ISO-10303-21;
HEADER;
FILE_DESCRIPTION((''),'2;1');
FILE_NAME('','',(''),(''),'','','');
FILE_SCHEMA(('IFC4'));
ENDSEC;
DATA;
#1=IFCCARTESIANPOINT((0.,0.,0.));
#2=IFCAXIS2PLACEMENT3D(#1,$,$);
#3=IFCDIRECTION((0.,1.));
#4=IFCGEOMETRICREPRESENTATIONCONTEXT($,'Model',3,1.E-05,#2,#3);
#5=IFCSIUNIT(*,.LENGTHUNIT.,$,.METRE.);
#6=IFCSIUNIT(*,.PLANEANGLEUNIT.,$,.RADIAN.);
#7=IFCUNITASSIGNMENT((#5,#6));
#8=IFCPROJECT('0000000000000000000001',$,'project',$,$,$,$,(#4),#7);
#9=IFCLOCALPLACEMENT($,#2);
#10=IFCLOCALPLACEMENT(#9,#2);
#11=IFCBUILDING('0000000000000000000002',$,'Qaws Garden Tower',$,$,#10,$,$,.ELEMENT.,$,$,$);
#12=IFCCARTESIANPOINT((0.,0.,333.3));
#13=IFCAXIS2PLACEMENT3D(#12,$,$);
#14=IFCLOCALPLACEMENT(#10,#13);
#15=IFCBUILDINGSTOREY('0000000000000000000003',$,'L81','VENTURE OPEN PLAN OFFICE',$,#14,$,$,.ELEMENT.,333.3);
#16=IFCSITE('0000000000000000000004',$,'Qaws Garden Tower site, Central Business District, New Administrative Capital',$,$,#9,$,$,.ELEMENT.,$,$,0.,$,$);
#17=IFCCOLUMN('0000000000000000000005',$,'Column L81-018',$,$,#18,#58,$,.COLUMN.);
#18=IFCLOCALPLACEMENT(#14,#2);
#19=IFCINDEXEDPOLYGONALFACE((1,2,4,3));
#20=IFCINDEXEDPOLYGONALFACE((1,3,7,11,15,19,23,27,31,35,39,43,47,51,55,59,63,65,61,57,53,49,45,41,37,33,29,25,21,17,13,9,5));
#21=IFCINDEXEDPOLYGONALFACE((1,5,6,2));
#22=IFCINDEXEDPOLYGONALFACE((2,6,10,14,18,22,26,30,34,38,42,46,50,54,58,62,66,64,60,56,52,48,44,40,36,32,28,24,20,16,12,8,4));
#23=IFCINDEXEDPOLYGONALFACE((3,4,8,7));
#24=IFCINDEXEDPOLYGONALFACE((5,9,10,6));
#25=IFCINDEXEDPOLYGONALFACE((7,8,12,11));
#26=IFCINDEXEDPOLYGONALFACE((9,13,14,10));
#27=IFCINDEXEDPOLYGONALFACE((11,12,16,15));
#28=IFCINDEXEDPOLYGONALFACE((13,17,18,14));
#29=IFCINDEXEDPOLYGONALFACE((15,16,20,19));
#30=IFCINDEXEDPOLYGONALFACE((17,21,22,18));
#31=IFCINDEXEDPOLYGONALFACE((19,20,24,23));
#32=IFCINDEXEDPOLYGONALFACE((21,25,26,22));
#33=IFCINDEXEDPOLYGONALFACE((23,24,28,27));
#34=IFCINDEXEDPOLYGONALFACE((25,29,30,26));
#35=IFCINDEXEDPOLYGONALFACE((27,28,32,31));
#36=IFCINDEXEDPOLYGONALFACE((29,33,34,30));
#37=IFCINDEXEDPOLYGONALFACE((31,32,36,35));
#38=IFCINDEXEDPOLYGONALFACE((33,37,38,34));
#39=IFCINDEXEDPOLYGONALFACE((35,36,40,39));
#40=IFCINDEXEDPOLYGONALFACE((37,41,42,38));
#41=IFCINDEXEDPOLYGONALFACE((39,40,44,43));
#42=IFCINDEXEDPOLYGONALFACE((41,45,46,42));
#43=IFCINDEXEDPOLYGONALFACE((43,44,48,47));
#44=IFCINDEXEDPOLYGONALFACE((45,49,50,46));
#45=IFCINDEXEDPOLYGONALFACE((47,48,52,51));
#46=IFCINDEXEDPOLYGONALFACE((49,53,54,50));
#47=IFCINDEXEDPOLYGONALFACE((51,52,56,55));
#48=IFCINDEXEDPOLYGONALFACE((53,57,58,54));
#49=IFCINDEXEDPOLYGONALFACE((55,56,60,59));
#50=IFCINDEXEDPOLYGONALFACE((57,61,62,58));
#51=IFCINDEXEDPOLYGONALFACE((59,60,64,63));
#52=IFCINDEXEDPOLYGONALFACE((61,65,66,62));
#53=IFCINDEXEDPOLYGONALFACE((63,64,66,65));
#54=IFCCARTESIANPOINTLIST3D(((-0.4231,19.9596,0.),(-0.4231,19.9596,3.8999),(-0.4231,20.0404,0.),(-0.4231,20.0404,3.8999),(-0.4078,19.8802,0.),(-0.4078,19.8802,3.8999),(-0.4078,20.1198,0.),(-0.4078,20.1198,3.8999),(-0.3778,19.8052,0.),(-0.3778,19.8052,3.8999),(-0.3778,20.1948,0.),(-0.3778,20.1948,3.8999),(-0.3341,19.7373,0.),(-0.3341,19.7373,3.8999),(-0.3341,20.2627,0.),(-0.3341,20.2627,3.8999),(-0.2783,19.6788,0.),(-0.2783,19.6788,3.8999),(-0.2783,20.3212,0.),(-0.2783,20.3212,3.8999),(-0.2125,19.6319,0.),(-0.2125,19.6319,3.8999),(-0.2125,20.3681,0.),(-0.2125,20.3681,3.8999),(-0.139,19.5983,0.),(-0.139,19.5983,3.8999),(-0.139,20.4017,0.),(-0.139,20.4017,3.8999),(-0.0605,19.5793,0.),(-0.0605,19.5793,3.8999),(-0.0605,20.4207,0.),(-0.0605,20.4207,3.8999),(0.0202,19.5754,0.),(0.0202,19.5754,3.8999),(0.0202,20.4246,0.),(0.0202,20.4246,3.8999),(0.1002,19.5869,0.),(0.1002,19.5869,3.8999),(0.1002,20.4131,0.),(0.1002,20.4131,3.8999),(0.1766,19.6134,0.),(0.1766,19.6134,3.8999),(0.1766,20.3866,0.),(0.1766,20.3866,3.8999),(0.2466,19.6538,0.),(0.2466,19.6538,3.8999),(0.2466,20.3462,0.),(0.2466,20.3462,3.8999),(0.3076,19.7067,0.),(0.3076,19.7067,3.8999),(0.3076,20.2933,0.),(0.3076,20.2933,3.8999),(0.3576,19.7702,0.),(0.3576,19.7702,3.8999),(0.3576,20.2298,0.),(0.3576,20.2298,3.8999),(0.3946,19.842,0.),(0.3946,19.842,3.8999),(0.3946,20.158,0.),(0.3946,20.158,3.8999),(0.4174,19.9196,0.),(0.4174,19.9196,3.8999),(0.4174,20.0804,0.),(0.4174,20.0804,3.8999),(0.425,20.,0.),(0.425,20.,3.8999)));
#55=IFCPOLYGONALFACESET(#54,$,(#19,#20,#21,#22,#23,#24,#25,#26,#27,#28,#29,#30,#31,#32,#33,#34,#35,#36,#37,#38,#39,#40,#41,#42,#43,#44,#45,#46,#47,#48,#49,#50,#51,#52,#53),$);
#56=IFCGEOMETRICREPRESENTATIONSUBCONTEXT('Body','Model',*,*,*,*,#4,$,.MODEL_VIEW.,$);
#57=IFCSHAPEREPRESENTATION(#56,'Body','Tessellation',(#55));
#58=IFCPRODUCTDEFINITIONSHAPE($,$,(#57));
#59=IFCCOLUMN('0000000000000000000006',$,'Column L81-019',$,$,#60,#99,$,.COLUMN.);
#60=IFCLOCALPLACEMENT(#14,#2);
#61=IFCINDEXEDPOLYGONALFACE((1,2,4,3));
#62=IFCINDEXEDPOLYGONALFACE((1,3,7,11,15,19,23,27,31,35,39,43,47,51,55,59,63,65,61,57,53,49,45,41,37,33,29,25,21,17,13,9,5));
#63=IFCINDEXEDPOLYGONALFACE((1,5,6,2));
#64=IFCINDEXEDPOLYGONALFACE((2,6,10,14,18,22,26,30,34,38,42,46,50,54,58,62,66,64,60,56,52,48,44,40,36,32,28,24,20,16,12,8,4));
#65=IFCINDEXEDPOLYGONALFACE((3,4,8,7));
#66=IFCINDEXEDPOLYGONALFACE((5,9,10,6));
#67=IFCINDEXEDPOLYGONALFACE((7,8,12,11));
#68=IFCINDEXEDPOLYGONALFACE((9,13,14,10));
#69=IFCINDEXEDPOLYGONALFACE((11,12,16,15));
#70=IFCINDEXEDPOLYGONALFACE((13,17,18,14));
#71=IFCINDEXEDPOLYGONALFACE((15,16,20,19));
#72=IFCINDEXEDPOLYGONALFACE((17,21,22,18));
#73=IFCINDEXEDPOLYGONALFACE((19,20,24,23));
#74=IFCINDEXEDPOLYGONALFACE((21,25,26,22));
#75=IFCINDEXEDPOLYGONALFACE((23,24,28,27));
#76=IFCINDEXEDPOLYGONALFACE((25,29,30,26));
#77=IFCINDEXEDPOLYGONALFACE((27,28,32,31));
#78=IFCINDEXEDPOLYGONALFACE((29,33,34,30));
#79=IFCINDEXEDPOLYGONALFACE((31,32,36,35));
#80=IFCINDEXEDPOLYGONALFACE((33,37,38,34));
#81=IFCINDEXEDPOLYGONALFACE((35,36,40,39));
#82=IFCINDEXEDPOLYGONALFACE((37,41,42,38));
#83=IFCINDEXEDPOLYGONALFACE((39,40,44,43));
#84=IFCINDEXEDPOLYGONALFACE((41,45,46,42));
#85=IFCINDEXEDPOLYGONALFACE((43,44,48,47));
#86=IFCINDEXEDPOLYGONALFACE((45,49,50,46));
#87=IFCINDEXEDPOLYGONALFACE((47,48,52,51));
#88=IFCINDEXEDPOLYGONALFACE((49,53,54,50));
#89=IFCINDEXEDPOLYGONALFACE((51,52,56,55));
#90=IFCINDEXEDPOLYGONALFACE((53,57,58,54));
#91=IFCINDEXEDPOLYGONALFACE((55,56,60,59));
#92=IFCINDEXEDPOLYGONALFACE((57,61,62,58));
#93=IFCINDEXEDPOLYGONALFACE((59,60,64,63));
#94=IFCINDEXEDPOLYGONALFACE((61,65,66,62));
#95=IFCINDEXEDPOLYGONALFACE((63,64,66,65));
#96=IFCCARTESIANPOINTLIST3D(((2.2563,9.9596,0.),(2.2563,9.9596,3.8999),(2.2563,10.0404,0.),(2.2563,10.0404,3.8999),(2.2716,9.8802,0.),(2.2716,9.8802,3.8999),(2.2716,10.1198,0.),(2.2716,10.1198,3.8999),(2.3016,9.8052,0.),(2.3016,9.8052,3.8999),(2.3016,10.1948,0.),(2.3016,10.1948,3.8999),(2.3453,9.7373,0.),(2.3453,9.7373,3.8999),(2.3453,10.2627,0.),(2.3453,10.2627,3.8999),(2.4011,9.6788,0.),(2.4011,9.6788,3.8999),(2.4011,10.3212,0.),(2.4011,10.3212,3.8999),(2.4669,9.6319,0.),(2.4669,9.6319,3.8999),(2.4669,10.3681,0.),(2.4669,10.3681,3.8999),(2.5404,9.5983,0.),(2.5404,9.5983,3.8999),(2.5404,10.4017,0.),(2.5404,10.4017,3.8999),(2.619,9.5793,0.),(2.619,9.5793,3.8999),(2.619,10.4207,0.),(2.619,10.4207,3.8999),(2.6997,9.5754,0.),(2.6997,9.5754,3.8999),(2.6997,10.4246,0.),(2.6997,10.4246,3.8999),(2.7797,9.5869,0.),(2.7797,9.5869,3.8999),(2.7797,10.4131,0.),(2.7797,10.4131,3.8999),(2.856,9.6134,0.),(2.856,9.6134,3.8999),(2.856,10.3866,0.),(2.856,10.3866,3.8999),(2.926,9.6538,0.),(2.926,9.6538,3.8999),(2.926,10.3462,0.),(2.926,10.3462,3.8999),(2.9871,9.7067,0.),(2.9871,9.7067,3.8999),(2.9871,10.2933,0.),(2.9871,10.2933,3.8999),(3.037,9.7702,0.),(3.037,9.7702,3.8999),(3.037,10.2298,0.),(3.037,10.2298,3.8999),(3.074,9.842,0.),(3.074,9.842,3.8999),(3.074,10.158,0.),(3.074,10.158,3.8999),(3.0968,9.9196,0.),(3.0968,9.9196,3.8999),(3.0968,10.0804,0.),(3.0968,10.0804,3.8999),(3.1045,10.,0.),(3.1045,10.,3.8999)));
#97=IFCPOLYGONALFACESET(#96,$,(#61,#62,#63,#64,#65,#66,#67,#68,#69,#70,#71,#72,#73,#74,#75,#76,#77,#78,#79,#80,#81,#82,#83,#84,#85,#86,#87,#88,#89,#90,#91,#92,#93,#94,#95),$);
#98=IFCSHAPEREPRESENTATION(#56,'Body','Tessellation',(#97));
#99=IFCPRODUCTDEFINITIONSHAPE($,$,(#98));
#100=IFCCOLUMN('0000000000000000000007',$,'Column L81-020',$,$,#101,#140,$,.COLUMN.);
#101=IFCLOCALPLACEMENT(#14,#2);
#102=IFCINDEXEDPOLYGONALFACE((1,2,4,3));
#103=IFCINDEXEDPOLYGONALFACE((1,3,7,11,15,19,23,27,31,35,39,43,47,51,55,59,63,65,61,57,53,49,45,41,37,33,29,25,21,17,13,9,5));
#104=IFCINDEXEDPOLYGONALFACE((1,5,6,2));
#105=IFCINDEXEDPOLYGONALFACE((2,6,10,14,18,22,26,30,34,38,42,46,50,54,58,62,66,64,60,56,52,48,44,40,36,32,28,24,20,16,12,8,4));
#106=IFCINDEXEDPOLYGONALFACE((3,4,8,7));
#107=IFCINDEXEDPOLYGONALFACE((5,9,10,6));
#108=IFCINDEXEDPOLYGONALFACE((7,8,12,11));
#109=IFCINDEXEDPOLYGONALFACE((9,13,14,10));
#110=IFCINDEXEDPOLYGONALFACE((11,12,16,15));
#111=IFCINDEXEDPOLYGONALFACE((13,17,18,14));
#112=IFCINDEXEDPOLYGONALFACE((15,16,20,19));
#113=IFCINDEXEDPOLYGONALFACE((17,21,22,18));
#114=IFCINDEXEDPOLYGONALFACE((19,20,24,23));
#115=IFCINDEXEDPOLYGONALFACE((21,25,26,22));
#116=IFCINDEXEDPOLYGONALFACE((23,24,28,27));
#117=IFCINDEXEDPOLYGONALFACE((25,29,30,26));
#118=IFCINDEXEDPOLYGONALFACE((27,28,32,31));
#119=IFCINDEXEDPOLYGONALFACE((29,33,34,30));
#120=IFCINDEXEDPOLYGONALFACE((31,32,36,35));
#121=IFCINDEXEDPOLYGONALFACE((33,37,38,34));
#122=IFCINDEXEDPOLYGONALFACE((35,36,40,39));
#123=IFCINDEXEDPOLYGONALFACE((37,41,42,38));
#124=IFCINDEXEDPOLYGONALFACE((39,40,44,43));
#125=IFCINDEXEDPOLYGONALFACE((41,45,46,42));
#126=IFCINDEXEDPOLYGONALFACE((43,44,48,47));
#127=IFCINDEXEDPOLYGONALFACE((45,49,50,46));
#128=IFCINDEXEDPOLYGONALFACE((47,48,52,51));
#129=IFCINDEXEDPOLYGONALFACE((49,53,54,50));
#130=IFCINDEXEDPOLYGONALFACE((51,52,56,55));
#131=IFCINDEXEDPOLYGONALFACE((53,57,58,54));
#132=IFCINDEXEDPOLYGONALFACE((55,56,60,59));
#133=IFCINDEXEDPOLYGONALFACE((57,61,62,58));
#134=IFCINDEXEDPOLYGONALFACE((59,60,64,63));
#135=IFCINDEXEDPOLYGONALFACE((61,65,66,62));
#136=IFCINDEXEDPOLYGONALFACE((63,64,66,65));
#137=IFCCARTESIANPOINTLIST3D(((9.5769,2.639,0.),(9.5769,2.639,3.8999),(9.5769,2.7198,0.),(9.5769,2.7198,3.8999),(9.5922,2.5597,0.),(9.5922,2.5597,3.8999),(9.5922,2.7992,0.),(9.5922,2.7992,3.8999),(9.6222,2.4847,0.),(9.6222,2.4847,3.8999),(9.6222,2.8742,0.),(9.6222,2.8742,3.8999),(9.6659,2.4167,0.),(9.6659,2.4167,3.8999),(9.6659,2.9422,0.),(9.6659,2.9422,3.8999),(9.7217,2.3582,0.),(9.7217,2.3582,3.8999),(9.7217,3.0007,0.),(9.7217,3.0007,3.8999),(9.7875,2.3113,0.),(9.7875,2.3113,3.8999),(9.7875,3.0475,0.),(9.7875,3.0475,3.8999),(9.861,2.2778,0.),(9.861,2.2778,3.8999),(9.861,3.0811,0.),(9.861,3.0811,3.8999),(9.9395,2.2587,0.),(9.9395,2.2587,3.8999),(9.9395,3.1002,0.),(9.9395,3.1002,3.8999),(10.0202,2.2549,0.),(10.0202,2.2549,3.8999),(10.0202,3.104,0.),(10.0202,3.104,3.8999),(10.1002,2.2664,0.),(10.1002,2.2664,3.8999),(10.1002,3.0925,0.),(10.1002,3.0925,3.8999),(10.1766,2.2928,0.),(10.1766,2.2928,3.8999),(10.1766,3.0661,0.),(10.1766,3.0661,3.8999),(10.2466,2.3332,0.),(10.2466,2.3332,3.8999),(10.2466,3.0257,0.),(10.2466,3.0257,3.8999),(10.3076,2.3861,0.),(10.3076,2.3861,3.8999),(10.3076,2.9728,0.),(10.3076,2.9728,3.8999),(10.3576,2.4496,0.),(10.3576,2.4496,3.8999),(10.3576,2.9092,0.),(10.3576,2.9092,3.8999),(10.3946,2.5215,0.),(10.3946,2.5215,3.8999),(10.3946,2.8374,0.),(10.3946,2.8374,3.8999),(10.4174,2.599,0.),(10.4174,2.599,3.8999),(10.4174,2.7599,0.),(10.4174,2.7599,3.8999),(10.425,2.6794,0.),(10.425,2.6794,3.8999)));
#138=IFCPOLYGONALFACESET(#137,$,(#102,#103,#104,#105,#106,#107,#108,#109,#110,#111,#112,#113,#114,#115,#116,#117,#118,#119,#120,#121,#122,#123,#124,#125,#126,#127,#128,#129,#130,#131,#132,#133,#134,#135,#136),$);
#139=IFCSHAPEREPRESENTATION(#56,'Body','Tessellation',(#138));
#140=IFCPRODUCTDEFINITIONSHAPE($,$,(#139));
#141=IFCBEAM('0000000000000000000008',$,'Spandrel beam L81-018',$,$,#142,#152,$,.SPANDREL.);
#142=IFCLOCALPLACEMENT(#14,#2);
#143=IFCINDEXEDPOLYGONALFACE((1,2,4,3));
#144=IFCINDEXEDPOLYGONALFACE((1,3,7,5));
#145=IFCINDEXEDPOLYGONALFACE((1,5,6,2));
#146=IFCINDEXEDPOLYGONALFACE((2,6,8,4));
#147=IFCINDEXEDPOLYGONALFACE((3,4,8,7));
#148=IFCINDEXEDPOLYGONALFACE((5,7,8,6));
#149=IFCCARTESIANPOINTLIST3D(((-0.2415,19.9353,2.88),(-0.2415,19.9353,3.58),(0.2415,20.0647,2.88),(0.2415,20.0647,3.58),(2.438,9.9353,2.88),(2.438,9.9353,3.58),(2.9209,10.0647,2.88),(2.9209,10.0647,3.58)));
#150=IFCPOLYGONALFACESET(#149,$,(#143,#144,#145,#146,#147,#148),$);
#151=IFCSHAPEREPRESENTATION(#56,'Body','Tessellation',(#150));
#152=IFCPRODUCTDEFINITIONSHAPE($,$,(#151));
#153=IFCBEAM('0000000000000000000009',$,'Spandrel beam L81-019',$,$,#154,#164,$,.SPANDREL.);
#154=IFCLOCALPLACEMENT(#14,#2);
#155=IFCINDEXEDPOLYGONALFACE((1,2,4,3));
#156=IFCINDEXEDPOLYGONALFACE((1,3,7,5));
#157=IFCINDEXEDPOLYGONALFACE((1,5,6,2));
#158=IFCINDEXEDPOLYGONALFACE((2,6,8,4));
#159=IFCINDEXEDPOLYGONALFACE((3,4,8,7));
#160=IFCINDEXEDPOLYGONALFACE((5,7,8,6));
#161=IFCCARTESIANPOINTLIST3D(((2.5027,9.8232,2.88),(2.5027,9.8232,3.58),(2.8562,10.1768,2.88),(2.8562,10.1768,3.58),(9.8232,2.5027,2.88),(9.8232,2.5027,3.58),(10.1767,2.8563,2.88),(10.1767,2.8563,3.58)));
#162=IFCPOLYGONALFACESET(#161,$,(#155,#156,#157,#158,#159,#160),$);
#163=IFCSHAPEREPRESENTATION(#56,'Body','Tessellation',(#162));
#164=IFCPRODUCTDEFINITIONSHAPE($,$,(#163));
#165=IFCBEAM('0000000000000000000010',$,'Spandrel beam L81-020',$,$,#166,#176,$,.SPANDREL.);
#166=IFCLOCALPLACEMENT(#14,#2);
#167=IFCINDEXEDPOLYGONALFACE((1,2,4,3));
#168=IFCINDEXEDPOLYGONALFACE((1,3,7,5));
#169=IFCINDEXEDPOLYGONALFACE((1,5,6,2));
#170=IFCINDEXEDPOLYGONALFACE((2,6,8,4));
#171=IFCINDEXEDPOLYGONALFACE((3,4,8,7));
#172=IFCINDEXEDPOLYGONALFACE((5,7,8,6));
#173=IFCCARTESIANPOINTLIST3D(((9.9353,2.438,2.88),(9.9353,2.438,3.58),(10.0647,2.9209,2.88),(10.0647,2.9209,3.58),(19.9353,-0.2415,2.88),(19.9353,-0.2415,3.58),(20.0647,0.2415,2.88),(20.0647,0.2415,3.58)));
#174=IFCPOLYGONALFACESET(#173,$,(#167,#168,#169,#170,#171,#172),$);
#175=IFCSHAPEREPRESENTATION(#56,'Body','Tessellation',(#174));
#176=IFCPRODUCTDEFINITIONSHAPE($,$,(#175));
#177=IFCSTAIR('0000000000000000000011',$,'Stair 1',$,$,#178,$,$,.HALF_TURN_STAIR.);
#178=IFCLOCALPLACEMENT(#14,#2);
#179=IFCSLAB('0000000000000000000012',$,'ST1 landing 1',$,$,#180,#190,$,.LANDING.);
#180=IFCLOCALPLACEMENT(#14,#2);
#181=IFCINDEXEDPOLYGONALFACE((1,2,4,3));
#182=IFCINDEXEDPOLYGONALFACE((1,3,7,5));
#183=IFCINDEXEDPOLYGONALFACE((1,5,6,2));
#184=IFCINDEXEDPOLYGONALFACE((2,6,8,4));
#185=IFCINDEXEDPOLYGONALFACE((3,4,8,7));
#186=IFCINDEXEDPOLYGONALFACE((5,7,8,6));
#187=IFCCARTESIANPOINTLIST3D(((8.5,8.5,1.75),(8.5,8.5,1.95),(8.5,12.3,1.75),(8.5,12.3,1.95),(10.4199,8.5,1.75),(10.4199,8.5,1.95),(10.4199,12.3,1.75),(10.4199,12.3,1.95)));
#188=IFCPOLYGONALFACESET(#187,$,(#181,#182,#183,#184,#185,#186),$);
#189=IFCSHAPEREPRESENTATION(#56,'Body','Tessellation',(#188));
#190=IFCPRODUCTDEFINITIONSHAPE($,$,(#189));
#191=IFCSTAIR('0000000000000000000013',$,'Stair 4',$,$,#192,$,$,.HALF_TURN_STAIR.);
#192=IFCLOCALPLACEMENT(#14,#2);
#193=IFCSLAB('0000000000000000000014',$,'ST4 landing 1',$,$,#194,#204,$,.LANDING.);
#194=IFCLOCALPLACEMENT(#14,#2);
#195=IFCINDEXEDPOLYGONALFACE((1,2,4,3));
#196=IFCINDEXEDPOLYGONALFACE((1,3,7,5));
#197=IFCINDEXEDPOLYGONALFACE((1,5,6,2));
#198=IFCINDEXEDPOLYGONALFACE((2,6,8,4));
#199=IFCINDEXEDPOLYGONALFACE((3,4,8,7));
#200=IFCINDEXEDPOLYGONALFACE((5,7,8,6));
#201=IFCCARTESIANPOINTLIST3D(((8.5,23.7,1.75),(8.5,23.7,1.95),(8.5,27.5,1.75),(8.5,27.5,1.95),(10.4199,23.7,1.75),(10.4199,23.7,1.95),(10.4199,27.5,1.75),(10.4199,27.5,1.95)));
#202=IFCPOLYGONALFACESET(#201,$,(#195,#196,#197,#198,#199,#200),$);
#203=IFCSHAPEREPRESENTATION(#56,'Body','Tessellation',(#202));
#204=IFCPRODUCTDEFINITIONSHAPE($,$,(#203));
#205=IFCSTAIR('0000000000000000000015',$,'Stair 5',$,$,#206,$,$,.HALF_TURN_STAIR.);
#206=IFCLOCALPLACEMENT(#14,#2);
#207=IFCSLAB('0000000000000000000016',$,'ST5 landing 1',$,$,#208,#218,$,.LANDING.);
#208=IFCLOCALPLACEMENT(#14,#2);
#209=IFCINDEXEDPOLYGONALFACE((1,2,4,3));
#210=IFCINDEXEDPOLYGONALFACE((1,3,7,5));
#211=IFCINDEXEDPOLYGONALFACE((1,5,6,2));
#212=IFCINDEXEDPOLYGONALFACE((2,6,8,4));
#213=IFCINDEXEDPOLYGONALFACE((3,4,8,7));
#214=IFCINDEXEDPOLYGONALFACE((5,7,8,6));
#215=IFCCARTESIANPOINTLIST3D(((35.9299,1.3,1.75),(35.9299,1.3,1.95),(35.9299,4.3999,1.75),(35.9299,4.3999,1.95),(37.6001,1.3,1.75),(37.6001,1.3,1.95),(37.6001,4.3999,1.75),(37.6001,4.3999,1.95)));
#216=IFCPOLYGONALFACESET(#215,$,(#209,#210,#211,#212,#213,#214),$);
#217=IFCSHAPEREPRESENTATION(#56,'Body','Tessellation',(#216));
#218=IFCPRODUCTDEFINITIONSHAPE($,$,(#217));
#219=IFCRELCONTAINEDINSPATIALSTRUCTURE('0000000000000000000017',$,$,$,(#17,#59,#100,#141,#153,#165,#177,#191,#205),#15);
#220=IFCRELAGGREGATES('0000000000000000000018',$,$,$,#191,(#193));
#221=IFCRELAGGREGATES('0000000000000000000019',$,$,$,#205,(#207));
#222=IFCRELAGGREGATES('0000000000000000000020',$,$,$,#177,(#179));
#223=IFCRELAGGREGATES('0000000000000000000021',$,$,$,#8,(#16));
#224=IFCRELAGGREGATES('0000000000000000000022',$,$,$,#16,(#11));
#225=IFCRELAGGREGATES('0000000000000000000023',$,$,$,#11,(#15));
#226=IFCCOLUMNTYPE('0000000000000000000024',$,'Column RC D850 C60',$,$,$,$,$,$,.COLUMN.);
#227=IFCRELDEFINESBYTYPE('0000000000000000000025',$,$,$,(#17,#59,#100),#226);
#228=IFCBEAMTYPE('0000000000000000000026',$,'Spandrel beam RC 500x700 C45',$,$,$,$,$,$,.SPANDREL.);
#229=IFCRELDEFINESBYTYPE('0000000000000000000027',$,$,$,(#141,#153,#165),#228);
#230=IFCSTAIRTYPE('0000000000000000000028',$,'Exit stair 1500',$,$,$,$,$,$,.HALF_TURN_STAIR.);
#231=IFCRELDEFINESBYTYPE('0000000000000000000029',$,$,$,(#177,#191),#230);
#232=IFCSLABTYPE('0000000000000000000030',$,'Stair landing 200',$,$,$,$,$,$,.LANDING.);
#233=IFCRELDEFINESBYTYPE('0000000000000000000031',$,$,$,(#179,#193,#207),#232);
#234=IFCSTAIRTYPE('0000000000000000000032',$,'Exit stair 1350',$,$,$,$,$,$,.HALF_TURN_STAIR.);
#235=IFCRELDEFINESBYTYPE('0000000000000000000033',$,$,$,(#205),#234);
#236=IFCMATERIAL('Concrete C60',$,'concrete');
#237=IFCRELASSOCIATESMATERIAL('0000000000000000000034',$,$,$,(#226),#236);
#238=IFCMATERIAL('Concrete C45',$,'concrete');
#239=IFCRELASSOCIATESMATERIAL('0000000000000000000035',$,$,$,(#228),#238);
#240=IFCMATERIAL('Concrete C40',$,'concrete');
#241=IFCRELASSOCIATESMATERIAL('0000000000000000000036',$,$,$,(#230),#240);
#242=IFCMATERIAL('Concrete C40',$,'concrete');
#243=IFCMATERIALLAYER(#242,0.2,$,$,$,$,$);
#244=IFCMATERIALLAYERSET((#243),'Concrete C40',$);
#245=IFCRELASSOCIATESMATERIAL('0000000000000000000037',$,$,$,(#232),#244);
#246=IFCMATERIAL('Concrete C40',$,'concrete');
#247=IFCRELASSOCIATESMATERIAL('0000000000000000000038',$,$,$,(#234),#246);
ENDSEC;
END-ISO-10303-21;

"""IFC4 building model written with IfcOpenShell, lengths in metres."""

from ifc_helpers import new_model, si_unit, direction, frame, origin, origin_2d, place, context, subcontext, project, spatial, polyline, rectangle, circle, outline, extrude, material, layer, layer_set, material_profile, profile_set, type_object, element, aggregate, save


model = new_model("IFC4")

# Units and contexts
model_context = context("Model", 3, precision=1e-05, world=origin(), true_north=direction((0.0, 1.0)))
body_context = subcontext(model_context, "Body", "Model", "MODEL_VIEW")
ifc_project = project(units=[si_unit("LENGTHUNIT", "METRE"), si_unit("PLANEANGLEUNIT", "RADIAN")], contexts=[model_context])

# Site, building, storey
site_placement = place(None, origin())
site = spatial("IfcSite", under=ifc_project, at=site_placement, Name="Qaws Garden Tower site, Central Business District, New Administrative Capital", CompositionType="ELEMENT", RefElevation=0.0)
building_placement = place(site_placement, origin())
building = spatial("IfcBuilding", under=site, at=building_placement, Name="Qaws Garden Tower", CompositionType="ELEMENT")
storey_placement = place(building_placement, frame((0.0, 0.0, 333.3)))
storey = spatial("IfcBuildingStorey", under=building, at=storey_placement, Name="L81", Description="VENTURE OPEN PLAN OFFICE", CompositionType="ELEMENT", Elevation=333.3)

# Columns
ifc_material_1 = material(Name="Concrete C60", Category="concrete")
ifc_material_profile_1 = material_profile(ifc_material_1, circle(Radius=0.425, at=origin_2d()), Name="RC D850")
ifc_profile_set_1 = profile_set([ifc_material_profile_1], Name="Concrete C60")
column_type = type_object("IfcColumnType", Name="Column RC D850 C60", PredefinedType="COLUMN", material=ifc_profile_set_1)
for number, where, z_axis, x_axis, name in (
    (1, (0.0, 20.0, 0.0), (0.0, 0.0, 1.0), (1.0, 0.0, 0.0), "Column L81-018"),
    (2, (2.6794, 10.0, 0.0), (0.0, 0.0, 1.0), (1.0, 0.0, 0.0), "Column L81-019"),
    (3, (10.0, 2.6794, 0.0), (0.0, 0.0, 1.0), (1.0, 0.0, 0.0), "Column L81-020"),
):
    element("IfcColumn", number, at=place(storey_placement, frame(where, z_axis=z_axis, x_axis=x_axis)), inside=storey, type_object=column_type, Name=name, PredefinedType="COLUMN", context=body_context, shape_type="SweptSolid", body=[
        extrude(circle(Radius=0.425, at=origin_2d()), origin(), (0.0, 0.0, 1.0), 3.8999),
    ])

# Beams
ifc_material_2 = material(Name="Concrete C45", Category="concrete")
ifc_material_profile_2 = material_profile(ifc_material_2, rectangle(XDim=0.5, YDim=0.7, at=origin_2d()), Name="RC 500x700")
ifc_profile_set_2 = profile_set([ifc_material_profile_2], Name="Concrete C45")
beam_type = type_object("IfcBeamType", Name="Spandrel beam RC 500x700 C45", PredefinedType="SPANDREL", material=ifc_profile_set_2)
for number, where, z_axis, x_axis, name in (
    (4, (0.0, 20.0, 3.23), (0.258815, -0.965927, 0.0), (0.965927, 0.258815, 0.0), "Spandrel beam L81-018"),
    (5, (2.6794, 10.0, 3.23), (0.707107, -0.707107, 0.0), (0.707107, 0.707107, 0.0), "Spandrel beam L81-019"),
    (6, (10.0, 2.6794, 3.23), (0.965927, -0.258815, 0.0), (0.258815, 0.965927, 0.0), "Spandrel beam L81-020"),
):
    element("IfcBeam", number, at=place(storey_placement, frame(where, z_axis=z_axis, x_axis=x_axis)), inside=storey, type_object=beam_type, Name=name, PredefinedType="SPANDREL", context=body_context, shape_type="SweptSolid", body=[
        extrude(rectangle(XDim=0.5, YDim=0.7, at=origin_2d()), origin(), (0.0, 0.0, 1.0), 10.3528),
    ])

# Stairs, slabs
ifc_material_3 = material(Name="Concrete C40", Category="concrete")
stair_type_1 = type_object("IfcStairType", Name="Exit stair 1500", PredefinedType="HALF_TURN_STAIR", material=ifc_material_3)
placement_1 = place(storey_placement, origin())
stair_1 = element("IfcStair", 7, at=placement_1, inside=storey, type_object=stair_type_1, Name="Stair 1", PredefinedType="HALF_TURN_STAIR")
ifc_material_4 = material(Name="Concrete C40", Category="concrete")
ifc_layer_1 = layer(ifc_material_4, 0.2)
ifc_layer_set_1 = layer_set([ifc_layer_1], Name="Concrete C40")
slab_type = type_object("IfcSlabType", Name="Stair landing 200", PredefinedType="LANDING", material=ifc_layer_set_1)
placement_2 = place(storey_placement, frame((0.0, 0.0, 1.75)))
slab_1 = element("IfcSlab", 8, at=placement_2, type_object=slab_type, Name="ST1 landing 1", PredefinedType="LANDING", context=body_context, shape_type="SweptSolid", body=[
    extrude(outline(polyline([(8.5, 8.5), (10.4199, 8.5), (10.4199, 12.3), (8.5, 12.3), (8.5, 8.5)])), origin(), (0.0, 0.0, 1.0), 0.2),
])
stair_2 = element("IfcStair", 9, at=placement_1, inside=storey, type_object=stair_type_1, Name="Stair 4", PredefinedType="HALF_TURN_STAIR")
slab_2 = element("IfcSlab", 10, at=placement_2, type_object=slab_type, Name="ST4 landing 1", PredefinedType="LANDING", context=body_context, shape_type="SweptSolid", body=[
    extrude(outline(polyline([(8.5, 23.7), (10.4199, 23.7), (10.4199, 27.5), (8.5, 27.5), (8.5, 23.7)])), origin(), (0.0, 0.0, 1.0), 0.2),
])
aggregate(stair_2, [slab_2])
ifc_material_5 = material(Name="Concrete C40", Category="concrete")
stair_type_2 = type_object("IfcStairType", Name="Exit stair 1350", PredefinedType="HALF_TURN_STAIR", material=ifc_material_5)
stair_3 = element("IfcStair", 11, at=placement_1, inside=storey, type_object=stair_type_2, Name="Stair 5", PredefinedType="HALF_TURN_STAIR")
slab_3 = element("IfcSlab", 12, at=placement_2, type_object=slab_type, Name="ST5 landing 1", PredefinedType="LANDING", context=body_context, shape_type="SweptSolid", body=[
    extrude(outline(polyline([(35.9299, 1.3), (37.6001, 1.3), (37.6001, 4.3999), (35.9299, 4.3999), (35.9299, 1.3)])), origin(), (0.0, 0.0, 1.0), 0.2),
])
aggregate(stair_3, [slab_3])

aggregate(stair_1, [slab_1])

save(model, "model.ifc")
